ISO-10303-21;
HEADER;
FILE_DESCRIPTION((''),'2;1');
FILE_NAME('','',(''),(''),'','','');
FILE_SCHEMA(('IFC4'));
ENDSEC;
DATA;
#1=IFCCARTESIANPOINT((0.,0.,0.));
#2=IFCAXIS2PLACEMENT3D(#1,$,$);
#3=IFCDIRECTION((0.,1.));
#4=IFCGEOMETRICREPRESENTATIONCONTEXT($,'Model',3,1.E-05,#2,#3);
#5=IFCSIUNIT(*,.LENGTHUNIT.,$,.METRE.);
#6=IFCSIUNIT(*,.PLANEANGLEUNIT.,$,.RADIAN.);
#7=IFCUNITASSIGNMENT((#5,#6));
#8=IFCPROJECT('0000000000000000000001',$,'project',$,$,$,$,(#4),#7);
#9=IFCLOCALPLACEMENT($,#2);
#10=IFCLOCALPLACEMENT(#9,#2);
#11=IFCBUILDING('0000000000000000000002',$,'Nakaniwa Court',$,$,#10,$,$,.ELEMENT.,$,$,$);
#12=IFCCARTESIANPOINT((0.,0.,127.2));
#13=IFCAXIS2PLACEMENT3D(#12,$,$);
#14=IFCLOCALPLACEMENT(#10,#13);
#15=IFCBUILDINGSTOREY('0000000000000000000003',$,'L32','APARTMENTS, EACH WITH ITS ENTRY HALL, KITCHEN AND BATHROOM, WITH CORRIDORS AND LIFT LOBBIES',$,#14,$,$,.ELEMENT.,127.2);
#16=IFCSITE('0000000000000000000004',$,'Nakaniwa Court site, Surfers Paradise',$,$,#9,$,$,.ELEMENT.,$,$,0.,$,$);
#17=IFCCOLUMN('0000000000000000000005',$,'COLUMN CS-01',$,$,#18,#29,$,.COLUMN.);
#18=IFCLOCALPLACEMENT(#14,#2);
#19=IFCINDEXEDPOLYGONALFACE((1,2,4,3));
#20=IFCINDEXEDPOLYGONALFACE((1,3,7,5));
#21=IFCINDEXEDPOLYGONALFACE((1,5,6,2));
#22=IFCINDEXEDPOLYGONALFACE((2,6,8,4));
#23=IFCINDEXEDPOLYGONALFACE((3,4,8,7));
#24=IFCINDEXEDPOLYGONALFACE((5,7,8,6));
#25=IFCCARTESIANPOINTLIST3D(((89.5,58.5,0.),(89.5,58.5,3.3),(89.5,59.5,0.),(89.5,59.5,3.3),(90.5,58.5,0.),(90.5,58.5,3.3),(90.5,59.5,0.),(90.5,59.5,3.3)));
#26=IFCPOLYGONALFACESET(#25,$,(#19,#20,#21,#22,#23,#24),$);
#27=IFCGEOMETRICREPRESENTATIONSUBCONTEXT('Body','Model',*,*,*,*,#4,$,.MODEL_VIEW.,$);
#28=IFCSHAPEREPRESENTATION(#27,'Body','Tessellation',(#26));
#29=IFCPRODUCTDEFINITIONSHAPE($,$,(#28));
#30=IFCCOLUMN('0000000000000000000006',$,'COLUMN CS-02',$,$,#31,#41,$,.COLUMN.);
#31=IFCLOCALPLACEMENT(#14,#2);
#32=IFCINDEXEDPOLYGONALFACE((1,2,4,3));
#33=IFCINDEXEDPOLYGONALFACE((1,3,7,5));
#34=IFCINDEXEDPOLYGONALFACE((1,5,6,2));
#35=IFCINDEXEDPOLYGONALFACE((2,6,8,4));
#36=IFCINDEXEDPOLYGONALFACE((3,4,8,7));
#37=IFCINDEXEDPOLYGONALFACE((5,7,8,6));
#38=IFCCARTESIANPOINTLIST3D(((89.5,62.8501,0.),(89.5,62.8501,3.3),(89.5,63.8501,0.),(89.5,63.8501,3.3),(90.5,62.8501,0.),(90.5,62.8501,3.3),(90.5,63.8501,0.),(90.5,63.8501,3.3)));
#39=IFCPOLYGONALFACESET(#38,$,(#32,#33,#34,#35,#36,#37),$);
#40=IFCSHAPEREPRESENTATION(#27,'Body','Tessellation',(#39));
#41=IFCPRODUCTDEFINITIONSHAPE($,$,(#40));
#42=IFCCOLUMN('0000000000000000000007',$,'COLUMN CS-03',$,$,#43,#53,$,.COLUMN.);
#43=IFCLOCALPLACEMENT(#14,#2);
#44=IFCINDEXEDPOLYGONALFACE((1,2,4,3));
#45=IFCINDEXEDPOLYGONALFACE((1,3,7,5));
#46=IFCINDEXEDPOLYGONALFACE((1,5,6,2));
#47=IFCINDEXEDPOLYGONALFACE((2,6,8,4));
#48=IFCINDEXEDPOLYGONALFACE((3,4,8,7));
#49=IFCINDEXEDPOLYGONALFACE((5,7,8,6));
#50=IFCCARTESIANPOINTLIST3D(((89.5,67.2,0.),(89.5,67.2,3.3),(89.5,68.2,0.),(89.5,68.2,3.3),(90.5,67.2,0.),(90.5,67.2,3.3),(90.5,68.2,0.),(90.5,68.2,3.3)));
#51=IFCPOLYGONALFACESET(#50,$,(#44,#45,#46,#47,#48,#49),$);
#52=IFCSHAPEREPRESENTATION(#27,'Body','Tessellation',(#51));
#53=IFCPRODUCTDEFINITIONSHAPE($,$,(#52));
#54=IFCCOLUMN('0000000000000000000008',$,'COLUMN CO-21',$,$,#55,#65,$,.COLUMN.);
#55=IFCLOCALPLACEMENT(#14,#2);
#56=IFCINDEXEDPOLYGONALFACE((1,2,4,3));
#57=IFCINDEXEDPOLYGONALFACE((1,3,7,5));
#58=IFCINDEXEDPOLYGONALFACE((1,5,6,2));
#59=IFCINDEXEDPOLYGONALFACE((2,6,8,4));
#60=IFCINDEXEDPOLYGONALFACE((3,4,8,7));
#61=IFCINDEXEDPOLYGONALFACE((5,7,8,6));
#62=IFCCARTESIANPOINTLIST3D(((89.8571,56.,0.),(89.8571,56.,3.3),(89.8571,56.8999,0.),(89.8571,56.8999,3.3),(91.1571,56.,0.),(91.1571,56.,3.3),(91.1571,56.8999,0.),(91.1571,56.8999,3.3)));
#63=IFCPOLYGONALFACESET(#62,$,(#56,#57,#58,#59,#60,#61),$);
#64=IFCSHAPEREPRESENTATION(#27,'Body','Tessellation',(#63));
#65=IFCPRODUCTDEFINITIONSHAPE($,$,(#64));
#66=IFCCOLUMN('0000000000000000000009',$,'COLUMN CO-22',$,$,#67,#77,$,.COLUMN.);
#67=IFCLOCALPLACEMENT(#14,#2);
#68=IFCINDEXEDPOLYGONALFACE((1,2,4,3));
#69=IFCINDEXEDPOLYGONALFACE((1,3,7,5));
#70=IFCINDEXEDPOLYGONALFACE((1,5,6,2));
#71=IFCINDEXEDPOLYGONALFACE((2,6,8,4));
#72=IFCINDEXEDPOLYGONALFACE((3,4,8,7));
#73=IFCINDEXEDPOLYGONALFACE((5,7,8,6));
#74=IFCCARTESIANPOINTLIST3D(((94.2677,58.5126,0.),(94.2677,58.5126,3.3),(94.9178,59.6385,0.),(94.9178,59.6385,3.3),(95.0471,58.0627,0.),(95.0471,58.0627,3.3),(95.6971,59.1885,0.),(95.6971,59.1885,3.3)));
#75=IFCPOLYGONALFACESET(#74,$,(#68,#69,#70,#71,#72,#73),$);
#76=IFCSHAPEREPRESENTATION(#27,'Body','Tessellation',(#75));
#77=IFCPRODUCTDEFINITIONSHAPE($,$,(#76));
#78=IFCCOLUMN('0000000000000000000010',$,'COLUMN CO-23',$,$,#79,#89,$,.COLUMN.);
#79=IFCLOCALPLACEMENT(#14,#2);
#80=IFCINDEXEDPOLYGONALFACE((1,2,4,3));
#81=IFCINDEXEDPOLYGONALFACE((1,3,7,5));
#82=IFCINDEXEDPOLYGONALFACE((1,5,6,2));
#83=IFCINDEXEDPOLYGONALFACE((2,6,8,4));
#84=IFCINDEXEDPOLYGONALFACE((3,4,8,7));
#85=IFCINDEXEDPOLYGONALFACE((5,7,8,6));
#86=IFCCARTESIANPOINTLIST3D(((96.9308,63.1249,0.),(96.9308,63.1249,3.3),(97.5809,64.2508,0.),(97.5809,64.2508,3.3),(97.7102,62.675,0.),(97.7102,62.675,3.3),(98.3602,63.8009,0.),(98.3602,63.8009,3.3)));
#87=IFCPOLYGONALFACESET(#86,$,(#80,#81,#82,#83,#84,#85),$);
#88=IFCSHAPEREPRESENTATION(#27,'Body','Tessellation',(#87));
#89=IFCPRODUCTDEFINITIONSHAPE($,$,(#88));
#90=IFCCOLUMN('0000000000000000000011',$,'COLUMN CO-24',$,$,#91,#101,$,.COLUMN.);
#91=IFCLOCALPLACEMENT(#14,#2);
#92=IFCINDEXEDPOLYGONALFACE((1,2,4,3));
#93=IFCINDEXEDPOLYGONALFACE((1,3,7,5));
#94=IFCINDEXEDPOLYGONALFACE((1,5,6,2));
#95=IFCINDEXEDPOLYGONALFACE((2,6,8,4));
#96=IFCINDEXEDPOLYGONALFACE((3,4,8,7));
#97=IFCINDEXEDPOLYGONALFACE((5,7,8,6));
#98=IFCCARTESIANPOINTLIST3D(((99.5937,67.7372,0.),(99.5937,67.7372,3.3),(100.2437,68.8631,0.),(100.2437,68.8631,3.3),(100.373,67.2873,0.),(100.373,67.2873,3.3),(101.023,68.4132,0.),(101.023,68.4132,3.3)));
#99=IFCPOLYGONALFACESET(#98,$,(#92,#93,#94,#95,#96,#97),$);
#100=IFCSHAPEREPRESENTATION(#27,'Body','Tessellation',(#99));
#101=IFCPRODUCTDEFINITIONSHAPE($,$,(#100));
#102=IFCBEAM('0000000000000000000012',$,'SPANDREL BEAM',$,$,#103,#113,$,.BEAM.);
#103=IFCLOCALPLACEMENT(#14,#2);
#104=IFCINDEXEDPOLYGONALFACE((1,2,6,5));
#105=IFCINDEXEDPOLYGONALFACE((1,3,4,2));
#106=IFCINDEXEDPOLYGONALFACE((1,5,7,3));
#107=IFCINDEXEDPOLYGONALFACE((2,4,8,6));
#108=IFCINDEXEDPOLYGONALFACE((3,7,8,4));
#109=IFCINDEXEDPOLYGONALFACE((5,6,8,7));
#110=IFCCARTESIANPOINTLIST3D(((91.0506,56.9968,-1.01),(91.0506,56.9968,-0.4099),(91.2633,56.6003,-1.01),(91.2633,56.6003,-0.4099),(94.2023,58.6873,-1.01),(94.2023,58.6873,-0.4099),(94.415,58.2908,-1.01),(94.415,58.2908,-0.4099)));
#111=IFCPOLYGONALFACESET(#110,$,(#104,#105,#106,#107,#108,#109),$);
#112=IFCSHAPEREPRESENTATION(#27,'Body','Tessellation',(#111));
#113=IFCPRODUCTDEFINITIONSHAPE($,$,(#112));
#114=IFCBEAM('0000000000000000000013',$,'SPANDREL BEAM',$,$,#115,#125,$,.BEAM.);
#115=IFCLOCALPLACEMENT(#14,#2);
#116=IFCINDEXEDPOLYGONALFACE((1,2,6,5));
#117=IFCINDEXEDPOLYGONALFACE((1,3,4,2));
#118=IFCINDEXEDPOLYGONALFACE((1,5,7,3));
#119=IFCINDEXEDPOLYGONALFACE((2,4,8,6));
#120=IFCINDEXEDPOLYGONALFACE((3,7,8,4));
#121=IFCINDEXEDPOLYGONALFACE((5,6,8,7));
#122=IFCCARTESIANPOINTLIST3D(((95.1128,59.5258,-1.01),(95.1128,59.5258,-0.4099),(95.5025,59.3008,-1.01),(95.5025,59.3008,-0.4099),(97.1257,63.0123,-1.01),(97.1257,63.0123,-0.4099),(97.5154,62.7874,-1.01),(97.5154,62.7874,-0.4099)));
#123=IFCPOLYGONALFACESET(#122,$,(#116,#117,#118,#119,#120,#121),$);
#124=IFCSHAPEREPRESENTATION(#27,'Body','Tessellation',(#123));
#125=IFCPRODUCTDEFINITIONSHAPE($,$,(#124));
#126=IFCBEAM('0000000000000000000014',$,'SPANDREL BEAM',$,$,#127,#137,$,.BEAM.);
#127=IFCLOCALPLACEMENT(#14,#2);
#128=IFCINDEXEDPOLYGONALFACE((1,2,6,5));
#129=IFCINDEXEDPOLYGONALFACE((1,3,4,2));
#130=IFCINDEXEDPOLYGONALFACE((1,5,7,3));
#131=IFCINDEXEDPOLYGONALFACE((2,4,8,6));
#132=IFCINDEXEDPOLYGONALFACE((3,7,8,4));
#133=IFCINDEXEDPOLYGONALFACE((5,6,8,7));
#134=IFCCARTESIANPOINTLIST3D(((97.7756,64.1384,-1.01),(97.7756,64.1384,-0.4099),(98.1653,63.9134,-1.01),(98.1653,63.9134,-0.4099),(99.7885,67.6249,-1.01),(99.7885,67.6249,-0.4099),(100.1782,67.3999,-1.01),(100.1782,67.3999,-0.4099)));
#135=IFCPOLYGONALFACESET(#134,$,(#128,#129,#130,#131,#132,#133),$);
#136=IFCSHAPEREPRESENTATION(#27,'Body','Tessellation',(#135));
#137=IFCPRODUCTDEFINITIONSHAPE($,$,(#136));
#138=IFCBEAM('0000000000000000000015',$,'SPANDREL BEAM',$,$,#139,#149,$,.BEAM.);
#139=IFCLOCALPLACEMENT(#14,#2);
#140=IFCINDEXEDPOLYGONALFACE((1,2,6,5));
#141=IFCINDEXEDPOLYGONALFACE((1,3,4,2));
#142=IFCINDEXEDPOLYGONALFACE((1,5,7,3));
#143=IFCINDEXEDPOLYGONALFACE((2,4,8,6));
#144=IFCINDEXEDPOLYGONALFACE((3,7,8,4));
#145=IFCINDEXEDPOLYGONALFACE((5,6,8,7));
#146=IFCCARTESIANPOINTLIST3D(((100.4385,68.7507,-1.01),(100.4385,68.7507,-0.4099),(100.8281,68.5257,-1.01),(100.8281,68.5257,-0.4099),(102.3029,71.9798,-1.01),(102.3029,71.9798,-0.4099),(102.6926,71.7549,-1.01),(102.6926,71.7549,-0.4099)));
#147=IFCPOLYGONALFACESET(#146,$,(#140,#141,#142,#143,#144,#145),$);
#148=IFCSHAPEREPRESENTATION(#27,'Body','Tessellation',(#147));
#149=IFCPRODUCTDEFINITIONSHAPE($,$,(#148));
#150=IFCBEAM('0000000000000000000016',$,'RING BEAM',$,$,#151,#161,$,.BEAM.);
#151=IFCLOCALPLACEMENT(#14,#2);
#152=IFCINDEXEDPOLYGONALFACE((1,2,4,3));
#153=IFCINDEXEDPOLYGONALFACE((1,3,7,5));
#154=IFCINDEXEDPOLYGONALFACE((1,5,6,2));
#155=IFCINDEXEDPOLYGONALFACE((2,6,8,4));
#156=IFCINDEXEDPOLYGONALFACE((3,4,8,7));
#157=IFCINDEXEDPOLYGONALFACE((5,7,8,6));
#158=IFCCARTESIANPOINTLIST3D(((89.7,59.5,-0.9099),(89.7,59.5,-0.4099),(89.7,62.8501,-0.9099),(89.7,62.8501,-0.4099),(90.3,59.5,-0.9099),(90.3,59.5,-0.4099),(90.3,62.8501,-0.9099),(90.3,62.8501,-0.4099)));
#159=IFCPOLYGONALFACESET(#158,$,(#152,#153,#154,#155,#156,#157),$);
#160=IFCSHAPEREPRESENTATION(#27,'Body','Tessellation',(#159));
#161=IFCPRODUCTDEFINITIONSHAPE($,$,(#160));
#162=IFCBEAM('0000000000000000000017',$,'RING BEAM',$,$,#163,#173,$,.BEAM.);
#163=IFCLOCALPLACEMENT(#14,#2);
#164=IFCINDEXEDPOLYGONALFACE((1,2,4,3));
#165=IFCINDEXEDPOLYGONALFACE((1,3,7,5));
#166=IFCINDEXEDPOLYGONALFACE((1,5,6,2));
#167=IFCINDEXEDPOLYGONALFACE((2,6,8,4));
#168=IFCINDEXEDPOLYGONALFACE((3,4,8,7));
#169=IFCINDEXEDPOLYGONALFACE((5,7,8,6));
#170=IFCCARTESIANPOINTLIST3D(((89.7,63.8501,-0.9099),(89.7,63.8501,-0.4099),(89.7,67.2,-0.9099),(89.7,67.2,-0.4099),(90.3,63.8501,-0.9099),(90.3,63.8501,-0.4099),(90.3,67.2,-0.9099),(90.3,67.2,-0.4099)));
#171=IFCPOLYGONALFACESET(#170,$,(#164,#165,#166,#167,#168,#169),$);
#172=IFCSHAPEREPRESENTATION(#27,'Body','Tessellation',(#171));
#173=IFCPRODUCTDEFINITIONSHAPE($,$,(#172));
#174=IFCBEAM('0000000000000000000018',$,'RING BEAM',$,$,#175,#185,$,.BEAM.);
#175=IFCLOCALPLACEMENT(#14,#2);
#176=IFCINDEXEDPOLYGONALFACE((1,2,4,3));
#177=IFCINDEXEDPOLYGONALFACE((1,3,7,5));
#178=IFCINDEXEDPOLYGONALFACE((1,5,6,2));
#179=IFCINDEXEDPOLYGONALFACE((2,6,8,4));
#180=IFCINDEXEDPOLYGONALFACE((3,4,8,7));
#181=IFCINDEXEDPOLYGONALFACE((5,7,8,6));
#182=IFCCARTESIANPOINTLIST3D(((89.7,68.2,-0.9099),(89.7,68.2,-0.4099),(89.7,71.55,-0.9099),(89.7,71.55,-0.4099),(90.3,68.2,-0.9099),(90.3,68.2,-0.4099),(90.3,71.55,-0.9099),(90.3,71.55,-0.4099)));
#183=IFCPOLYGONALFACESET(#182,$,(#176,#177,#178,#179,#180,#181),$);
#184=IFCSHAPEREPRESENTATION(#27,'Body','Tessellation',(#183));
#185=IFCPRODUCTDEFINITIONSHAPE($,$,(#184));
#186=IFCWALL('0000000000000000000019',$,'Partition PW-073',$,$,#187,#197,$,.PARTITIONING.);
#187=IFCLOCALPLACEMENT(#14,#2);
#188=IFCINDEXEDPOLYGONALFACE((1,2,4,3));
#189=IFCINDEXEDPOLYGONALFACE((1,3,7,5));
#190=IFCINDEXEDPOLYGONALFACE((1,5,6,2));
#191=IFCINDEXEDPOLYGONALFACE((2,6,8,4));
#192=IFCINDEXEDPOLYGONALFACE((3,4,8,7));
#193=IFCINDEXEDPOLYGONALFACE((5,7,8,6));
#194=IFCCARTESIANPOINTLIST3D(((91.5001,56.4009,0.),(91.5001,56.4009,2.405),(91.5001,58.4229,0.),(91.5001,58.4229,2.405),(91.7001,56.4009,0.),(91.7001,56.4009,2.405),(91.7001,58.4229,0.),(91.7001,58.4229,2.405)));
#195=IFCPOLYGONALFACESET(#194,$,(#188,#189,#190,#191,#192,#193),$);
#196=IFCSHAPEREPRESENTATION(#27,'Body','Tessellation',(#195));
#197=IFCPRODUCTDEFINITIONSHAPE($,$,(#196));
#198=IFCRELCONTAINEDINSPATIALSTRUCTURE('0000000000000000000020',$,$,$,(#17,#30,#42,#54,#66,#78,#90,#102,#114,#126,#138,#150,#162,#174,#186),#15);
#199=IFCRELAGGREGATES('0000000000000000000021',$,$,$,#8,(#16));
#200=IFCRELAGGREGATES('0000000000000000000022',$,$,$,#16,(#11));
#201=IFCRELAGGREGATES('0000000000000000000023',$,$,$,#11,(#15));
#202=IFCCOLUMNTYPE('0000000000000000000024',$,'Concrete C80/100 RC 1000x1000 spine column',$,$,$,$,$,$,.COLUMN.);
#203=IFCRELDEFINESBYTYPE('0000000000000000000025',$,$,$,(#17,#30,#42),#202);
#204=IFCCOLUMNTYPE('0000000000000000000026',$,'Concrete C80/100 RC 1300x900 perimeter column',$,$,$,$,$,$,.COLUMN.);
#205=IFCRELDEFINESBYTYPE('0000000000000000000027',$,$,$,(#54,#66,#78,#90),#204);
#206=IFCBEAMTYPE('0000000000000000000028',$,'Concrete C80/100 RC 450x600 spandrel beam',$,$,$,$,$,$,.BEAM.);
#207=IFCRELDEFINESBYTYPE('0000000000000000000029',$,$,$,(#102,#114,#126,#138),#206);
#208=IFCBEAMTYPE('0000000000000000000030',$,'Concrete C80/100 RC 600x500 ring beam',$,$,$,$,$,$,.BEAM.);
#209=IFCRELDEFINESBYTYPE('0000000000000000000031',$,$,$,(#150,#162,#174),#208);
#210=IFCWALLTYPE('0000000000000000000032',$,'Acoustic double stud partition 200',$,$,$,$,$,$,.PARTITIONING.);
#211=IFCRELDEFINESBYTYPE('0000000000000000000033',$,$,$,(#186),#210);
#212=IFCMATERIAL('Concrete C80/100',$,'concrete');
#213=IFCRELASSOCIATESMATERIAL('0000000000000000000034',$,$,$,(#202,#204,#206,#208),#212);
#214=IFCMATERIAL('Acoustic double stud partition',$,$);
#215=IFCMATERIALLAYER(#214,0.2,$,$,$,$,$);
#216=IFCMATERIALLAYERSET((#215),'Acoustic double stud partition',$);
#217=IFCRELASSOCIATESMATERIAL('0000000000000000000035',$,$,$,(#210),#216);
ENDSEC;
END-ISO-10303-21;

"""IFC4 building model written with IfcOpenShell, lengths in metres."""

from ifc_helpers import new_model, si_unit, direction, frame, frame_2d, origin, origin_2d, place, context, subcontext, project, spatial, rectangle, extrude, material, layer, layer_set, material_profile, profile_set, type_object, element, save


model = new_model("IFC4")

# Units and contexts
model_context = context("Model", 3, precision=1e-05, world=origin(), true_north=direction((0.0, 1.0)))
body_context = subcontext(model_context, "Body", "Model", "MODEL_VIEW")
ifc_project = project(units=[si_unit("LENGTHUNIT", "METRE"), si_unit("PLANEANGLEUNIT", "RADIAN")], contexts=[model_context])

# Site, building, storey
site_placement = place(None, origin())
site = spatial("IfcSite", under=ifc_project, at=site_placement, Name="Nakaniwa Court site, Surfers Paradise", CompositionType="ELEMENT", RefElevation=0.0)
building_placement = place(site_placement, origin())
building = spatial("IfcBuilding", under=site, at=building_placement, Name="Nakaniwa Court", CompositionType="ELEMENT")
storey_placement = place(building_placement, frame((0.0, 0.0, 127.2)))
storey = spatial("IfcBuildingStorey", under=building, at=storey_placement, Name="L32", Description="APARTMENTS, EACH WITH ITS ENTRY HALL, KITCHEN AND BATHROOM, WITH CORRIDORS AND LIFT LOBBIES", CompositionType="ELEMENT", Elevation=127.2)

# Columns
ifc_material_1 = material(Name="Concrete C80/100", Category="concrete")
ifc_material_profile_1 = material_profile(ifc_material_1, rectangle(XDim=1.0, YDim=1.0, at=origin_2d()), Name="Concrete C80/100 RC 1000x1000 spine column")
ifc_profile_set_1 = profile_set([ifc_material_profile_1], Name="Concrete C80/100")
column_type_1 = type_object("IfcColumnType", Name="Concrete C80/100 RC 1000x1000 spine column", PredefinedType="COLUMN", material=ifc_profile_set_1)
for number, where, z_axis, x_axis, name in (
    (1, (90.0, 59.0, 0.0), (0.0, 0.0, 1.0), (0.0, 1.0, 0.0), "COLUMN CS-01"),
    (2, (90.0, 63.3501, 0.0), (0.0, 0.0, 1.0), (0.0, 1.0, 0.0), "COLUMN CS-02"),
    (3, (90.0, 67.7, 0.0), (0.0, 0.0, 1.0), (0.0, 1.0, 0.0), "COLUMN CS-03"),
):
    element("IfcColumn", number, at=place(storey_placement, frame(where, z_axis=z_axis, x_axis=x_axis)), inside=storey, type_object=column_type_1, Name=name, PredefinedType="COLUMN", context=body_context, shape_type="SweptSolid", body=[
        extrude(rectangle(XDim=1.0, YDim=1.0, at=origin_2d()), origin(), (0.0, 0.0, 1.0), 3.3),
    ])
ifc_material_profile_2 = material_profile(ifc_material_1, rectangle(XDim=1.3, YDim=0.8999, at=origin_2d()), Name="Concrete C80/100 RC 1300x900 perimeter column")
ifc_profile_set_2 = profile_set([ifc_material_profile_2], Name="Concrete C80/100")
column_type_2 = type_object("IfcColumnType", Name="Concrete C80/100 RC 1300x900 perimeter column", PredefinedType="COLUMN", material=ifc_profile_set_2)
for number, where, z_axis, x_axis, name in (
    (4, (90.5071, 56.45, 0.0), (0.0, 0.0, 1.0), (1.0, 0.0, 0.0), "COLUMN CO-21"),
    (5, (94.9824, 58.8506, 0.0), (0.0, 0.0, 1.0), (0.5, 0.866025, 0.0), "COLUMN CO-22"),
    (6, (97.6455, 63.4629, 0.0), (0.0, 0.0, 1.0), (0.5, 0.866025, 0.0), "COLUMN CO-23"),
    (7, (100.3083, 68.0752, 0.0), (0.0, 0.0, 1.0), (0.5, 0.866025, 0.0), "COLUMN CO-24"),
):
    element("IfcColumn", number, at=place(storey_placement, frame(where, z_axis=z_axis, x_axis=x_axis)), inside=storey, type_object=column_type_2, Name=name, PredefinedType="COLUMN", context=body_context, shape_type="SweptSolid", body=[
        extrude(rectangle(XDim=1.3, YDim=0.8999, at=origin_2d()), origin(), (0.0, 0.0, 1.0), 3.3),
    ])

# Beams
ifc_material_profile_3 = material_profile(ifc_material_1, rectangle(XDim=0.45, YDim=0.6001, at=origin_2d()), Name="Concrete C80/100 RC 450x600 spandrel beam")
ifc_profile_set_3 = profile_set([ifc_material_profile_3], Name="Concrete C80/100")
beam_type_1 = type_object("IfcBeamType", Name="Concrete C80/100 RC 450x600 spandrel beam", PredefinedType="BEAM", material=ifc_profile_set_3)
beam_1_placement = place(storey_placement, frame((91.157, 56.7986, -0.71), z_axis=(0.881239, 0.47267, 0.0), x_axis=(-0.47267, 0.881239, 0.0)))
element("IfcBeam", 8, at=beam_1_placement, inside=storey, type_object=beam_type_1, Name="SPANDREL BEAM", PredefinedType="BEAM", context=body_context, shape_type="SweptSolid", body=[
    extrude(rectangle(XDim=0.45, YDim=0.6001, at=origin_2d()), origin(), (0.0, 0.0, 1.0), 3.5764),
])
for number, where, z_axis, x_axis, name in (
    (9, (95.3076, 59.4133, -0.71), (0.499994, 0.866029, 0.0), (-0.866029, 0.499994, 0.0), "SPANDREL BEAM"),
    (10, (97.9705, 64.0259, -0.71), (0.499994, 0.866029, 0.0), (-0.866029, 0.499994, 0.0), "SPANDREL BEAM"),
):
    element("IfcBeam", number, at=place(storey_placement, frame(where, z_axis=z_axis, x_axis=x_axis)), inside=storey, type_object=beam_type_1, Name=name, PredefinedType="BEAM", context=body_context, shape_type="SweptSolid", body=[
        extrude(rectangle(XDim=0.45, YDim=0.6001, at=origin_2d()), origin(), (0.0, 0.0, 1.0), 4.0259),
    ])
beam_2_placement = place(storey_placement, frame((100.6333, 68.6382, -0.71), z_axis=(0.500019, 0.866014, 0.0), x_axis=(-0.866014, 0.500019, 0.0)))
element("IfcBeam", 11, at=beam_2_placement, inside=storey, type_object=beam_type_1, Name="SPANDREL BEAM", PredefinedType="BEAM", context=body_context, shape_type="SweptSolid", body=[
    extrude(rectangle(XDim=0.45, YDim=0.6001, at=origin_2d()), origin(), (0.0, 0.0, 1.0), 3.7288),
])
ifc_material_profile_4 = material_profile(ifc_material_1, rectangle(XDim=0.6001, YDim=0.5, at=origin_2d()), Name="Concrete C80/100 RC 600x500 ring beam")
ifc_profile_set_4 = profile_set([ifc_material_profile_4], Name="Concrete C80/100")
beam_type_2 = type_object("IfcBeamType", Name="Concrete C80/100 RC 600x500 ring beam", PredefinedType="BEAM", material=ifc_profile_set_4)
beam_3_placement = place(storey_placement, frame((90.0, 59.5, -0.6599), z_axis=(0.0, 1.0, 0.0), x_axis=(-1.0, 0.0, 0.0)))
element("IfcBeam", 12, at=beam_3_placement, inside=storey, type_object=beam_type_2, Name="RING BEAM", PredefinedType="BEAM", context=body_context, shape_type="SweptSolid", body=[
    extrude(rectangle(XDim=0.6001, YDim=0.5, at=origin_2d()), origin(), (0.0, 0.0, 1.0), 3.3501),
])
beam_4_placement = place(storey_placement, frame((90.0, 63.8501, -0.6599), z_axis=(0.0, 1.0, 0.0), x_axis=(-1.0, 0.0, 0.0)))
element("IfcBeam", 13, at=beam_4_placement, inside=storey, type_object=beam_type_2, Name="RING BEAM", PredefinedType="BEAM", context=body_context, shape_type="SweptSolid", body=[
    extrude(rectangle(XDim=0.6001, YDim=0.5, at=origin_2d()), origin(), (0.0, 0.0, 1.0), 3.3499),
])
beam_5_placement = place(storey_placement, frame((90.0, 68.2, -0.6599), z_axis=(0.0, 1.0, 0.0), x_axis=(-1.0, 0.0, 0.0)))
element("IfcBeam", 14, at=beam_5_placement, inside=storey, type_object=beam_type_2, Name="RING BEAM", PredefinedType="BEAM", context=body_context, shape_type="SweptSolid", body=[
    extrude(rectangle(XDim=0.6001, YDim=0.5, at=origin_2d()), origin(), (0.0, 0.0, 1.0), 3.3501),
])

# Wall
ifc_material_2 = material(Name="Acoustic double stud partition")
ifc_layer_1 = layer(ifc_material_2, 0.2)
ifc_layer_set_1 = layer_set([ifc_layer_1], Name="Acoustic double stud partition")
wall_type_1 = type_object("IfcWallType", Name="Acoustic double stud partition 200", PredefinedType="PARTITIONING", material=ifc_layer_set_1)
wall_1_placement = place(storey_placement, frame((91.6001, 56.4009, 0.0), z_axis=(0.0, 0.0, 1.0), x_axis=(0.0, 1.0, 0.0)))
element("IfcWall", 15, at=wall_1_placement, inside=storey, type_object=wall_type_1, Name="Partition PW-073", PredefinedType="PARTITIONING", context=body_context, shape_type="SweptSolid", body=[
    extrude(rectangle(XDim=2.022, YDim=0.2, at=frame_2d((1.011, 0.0))), origin(), (0.0, 0.0, 1.0), 2.405),
])

save(model, "model.ifc")
